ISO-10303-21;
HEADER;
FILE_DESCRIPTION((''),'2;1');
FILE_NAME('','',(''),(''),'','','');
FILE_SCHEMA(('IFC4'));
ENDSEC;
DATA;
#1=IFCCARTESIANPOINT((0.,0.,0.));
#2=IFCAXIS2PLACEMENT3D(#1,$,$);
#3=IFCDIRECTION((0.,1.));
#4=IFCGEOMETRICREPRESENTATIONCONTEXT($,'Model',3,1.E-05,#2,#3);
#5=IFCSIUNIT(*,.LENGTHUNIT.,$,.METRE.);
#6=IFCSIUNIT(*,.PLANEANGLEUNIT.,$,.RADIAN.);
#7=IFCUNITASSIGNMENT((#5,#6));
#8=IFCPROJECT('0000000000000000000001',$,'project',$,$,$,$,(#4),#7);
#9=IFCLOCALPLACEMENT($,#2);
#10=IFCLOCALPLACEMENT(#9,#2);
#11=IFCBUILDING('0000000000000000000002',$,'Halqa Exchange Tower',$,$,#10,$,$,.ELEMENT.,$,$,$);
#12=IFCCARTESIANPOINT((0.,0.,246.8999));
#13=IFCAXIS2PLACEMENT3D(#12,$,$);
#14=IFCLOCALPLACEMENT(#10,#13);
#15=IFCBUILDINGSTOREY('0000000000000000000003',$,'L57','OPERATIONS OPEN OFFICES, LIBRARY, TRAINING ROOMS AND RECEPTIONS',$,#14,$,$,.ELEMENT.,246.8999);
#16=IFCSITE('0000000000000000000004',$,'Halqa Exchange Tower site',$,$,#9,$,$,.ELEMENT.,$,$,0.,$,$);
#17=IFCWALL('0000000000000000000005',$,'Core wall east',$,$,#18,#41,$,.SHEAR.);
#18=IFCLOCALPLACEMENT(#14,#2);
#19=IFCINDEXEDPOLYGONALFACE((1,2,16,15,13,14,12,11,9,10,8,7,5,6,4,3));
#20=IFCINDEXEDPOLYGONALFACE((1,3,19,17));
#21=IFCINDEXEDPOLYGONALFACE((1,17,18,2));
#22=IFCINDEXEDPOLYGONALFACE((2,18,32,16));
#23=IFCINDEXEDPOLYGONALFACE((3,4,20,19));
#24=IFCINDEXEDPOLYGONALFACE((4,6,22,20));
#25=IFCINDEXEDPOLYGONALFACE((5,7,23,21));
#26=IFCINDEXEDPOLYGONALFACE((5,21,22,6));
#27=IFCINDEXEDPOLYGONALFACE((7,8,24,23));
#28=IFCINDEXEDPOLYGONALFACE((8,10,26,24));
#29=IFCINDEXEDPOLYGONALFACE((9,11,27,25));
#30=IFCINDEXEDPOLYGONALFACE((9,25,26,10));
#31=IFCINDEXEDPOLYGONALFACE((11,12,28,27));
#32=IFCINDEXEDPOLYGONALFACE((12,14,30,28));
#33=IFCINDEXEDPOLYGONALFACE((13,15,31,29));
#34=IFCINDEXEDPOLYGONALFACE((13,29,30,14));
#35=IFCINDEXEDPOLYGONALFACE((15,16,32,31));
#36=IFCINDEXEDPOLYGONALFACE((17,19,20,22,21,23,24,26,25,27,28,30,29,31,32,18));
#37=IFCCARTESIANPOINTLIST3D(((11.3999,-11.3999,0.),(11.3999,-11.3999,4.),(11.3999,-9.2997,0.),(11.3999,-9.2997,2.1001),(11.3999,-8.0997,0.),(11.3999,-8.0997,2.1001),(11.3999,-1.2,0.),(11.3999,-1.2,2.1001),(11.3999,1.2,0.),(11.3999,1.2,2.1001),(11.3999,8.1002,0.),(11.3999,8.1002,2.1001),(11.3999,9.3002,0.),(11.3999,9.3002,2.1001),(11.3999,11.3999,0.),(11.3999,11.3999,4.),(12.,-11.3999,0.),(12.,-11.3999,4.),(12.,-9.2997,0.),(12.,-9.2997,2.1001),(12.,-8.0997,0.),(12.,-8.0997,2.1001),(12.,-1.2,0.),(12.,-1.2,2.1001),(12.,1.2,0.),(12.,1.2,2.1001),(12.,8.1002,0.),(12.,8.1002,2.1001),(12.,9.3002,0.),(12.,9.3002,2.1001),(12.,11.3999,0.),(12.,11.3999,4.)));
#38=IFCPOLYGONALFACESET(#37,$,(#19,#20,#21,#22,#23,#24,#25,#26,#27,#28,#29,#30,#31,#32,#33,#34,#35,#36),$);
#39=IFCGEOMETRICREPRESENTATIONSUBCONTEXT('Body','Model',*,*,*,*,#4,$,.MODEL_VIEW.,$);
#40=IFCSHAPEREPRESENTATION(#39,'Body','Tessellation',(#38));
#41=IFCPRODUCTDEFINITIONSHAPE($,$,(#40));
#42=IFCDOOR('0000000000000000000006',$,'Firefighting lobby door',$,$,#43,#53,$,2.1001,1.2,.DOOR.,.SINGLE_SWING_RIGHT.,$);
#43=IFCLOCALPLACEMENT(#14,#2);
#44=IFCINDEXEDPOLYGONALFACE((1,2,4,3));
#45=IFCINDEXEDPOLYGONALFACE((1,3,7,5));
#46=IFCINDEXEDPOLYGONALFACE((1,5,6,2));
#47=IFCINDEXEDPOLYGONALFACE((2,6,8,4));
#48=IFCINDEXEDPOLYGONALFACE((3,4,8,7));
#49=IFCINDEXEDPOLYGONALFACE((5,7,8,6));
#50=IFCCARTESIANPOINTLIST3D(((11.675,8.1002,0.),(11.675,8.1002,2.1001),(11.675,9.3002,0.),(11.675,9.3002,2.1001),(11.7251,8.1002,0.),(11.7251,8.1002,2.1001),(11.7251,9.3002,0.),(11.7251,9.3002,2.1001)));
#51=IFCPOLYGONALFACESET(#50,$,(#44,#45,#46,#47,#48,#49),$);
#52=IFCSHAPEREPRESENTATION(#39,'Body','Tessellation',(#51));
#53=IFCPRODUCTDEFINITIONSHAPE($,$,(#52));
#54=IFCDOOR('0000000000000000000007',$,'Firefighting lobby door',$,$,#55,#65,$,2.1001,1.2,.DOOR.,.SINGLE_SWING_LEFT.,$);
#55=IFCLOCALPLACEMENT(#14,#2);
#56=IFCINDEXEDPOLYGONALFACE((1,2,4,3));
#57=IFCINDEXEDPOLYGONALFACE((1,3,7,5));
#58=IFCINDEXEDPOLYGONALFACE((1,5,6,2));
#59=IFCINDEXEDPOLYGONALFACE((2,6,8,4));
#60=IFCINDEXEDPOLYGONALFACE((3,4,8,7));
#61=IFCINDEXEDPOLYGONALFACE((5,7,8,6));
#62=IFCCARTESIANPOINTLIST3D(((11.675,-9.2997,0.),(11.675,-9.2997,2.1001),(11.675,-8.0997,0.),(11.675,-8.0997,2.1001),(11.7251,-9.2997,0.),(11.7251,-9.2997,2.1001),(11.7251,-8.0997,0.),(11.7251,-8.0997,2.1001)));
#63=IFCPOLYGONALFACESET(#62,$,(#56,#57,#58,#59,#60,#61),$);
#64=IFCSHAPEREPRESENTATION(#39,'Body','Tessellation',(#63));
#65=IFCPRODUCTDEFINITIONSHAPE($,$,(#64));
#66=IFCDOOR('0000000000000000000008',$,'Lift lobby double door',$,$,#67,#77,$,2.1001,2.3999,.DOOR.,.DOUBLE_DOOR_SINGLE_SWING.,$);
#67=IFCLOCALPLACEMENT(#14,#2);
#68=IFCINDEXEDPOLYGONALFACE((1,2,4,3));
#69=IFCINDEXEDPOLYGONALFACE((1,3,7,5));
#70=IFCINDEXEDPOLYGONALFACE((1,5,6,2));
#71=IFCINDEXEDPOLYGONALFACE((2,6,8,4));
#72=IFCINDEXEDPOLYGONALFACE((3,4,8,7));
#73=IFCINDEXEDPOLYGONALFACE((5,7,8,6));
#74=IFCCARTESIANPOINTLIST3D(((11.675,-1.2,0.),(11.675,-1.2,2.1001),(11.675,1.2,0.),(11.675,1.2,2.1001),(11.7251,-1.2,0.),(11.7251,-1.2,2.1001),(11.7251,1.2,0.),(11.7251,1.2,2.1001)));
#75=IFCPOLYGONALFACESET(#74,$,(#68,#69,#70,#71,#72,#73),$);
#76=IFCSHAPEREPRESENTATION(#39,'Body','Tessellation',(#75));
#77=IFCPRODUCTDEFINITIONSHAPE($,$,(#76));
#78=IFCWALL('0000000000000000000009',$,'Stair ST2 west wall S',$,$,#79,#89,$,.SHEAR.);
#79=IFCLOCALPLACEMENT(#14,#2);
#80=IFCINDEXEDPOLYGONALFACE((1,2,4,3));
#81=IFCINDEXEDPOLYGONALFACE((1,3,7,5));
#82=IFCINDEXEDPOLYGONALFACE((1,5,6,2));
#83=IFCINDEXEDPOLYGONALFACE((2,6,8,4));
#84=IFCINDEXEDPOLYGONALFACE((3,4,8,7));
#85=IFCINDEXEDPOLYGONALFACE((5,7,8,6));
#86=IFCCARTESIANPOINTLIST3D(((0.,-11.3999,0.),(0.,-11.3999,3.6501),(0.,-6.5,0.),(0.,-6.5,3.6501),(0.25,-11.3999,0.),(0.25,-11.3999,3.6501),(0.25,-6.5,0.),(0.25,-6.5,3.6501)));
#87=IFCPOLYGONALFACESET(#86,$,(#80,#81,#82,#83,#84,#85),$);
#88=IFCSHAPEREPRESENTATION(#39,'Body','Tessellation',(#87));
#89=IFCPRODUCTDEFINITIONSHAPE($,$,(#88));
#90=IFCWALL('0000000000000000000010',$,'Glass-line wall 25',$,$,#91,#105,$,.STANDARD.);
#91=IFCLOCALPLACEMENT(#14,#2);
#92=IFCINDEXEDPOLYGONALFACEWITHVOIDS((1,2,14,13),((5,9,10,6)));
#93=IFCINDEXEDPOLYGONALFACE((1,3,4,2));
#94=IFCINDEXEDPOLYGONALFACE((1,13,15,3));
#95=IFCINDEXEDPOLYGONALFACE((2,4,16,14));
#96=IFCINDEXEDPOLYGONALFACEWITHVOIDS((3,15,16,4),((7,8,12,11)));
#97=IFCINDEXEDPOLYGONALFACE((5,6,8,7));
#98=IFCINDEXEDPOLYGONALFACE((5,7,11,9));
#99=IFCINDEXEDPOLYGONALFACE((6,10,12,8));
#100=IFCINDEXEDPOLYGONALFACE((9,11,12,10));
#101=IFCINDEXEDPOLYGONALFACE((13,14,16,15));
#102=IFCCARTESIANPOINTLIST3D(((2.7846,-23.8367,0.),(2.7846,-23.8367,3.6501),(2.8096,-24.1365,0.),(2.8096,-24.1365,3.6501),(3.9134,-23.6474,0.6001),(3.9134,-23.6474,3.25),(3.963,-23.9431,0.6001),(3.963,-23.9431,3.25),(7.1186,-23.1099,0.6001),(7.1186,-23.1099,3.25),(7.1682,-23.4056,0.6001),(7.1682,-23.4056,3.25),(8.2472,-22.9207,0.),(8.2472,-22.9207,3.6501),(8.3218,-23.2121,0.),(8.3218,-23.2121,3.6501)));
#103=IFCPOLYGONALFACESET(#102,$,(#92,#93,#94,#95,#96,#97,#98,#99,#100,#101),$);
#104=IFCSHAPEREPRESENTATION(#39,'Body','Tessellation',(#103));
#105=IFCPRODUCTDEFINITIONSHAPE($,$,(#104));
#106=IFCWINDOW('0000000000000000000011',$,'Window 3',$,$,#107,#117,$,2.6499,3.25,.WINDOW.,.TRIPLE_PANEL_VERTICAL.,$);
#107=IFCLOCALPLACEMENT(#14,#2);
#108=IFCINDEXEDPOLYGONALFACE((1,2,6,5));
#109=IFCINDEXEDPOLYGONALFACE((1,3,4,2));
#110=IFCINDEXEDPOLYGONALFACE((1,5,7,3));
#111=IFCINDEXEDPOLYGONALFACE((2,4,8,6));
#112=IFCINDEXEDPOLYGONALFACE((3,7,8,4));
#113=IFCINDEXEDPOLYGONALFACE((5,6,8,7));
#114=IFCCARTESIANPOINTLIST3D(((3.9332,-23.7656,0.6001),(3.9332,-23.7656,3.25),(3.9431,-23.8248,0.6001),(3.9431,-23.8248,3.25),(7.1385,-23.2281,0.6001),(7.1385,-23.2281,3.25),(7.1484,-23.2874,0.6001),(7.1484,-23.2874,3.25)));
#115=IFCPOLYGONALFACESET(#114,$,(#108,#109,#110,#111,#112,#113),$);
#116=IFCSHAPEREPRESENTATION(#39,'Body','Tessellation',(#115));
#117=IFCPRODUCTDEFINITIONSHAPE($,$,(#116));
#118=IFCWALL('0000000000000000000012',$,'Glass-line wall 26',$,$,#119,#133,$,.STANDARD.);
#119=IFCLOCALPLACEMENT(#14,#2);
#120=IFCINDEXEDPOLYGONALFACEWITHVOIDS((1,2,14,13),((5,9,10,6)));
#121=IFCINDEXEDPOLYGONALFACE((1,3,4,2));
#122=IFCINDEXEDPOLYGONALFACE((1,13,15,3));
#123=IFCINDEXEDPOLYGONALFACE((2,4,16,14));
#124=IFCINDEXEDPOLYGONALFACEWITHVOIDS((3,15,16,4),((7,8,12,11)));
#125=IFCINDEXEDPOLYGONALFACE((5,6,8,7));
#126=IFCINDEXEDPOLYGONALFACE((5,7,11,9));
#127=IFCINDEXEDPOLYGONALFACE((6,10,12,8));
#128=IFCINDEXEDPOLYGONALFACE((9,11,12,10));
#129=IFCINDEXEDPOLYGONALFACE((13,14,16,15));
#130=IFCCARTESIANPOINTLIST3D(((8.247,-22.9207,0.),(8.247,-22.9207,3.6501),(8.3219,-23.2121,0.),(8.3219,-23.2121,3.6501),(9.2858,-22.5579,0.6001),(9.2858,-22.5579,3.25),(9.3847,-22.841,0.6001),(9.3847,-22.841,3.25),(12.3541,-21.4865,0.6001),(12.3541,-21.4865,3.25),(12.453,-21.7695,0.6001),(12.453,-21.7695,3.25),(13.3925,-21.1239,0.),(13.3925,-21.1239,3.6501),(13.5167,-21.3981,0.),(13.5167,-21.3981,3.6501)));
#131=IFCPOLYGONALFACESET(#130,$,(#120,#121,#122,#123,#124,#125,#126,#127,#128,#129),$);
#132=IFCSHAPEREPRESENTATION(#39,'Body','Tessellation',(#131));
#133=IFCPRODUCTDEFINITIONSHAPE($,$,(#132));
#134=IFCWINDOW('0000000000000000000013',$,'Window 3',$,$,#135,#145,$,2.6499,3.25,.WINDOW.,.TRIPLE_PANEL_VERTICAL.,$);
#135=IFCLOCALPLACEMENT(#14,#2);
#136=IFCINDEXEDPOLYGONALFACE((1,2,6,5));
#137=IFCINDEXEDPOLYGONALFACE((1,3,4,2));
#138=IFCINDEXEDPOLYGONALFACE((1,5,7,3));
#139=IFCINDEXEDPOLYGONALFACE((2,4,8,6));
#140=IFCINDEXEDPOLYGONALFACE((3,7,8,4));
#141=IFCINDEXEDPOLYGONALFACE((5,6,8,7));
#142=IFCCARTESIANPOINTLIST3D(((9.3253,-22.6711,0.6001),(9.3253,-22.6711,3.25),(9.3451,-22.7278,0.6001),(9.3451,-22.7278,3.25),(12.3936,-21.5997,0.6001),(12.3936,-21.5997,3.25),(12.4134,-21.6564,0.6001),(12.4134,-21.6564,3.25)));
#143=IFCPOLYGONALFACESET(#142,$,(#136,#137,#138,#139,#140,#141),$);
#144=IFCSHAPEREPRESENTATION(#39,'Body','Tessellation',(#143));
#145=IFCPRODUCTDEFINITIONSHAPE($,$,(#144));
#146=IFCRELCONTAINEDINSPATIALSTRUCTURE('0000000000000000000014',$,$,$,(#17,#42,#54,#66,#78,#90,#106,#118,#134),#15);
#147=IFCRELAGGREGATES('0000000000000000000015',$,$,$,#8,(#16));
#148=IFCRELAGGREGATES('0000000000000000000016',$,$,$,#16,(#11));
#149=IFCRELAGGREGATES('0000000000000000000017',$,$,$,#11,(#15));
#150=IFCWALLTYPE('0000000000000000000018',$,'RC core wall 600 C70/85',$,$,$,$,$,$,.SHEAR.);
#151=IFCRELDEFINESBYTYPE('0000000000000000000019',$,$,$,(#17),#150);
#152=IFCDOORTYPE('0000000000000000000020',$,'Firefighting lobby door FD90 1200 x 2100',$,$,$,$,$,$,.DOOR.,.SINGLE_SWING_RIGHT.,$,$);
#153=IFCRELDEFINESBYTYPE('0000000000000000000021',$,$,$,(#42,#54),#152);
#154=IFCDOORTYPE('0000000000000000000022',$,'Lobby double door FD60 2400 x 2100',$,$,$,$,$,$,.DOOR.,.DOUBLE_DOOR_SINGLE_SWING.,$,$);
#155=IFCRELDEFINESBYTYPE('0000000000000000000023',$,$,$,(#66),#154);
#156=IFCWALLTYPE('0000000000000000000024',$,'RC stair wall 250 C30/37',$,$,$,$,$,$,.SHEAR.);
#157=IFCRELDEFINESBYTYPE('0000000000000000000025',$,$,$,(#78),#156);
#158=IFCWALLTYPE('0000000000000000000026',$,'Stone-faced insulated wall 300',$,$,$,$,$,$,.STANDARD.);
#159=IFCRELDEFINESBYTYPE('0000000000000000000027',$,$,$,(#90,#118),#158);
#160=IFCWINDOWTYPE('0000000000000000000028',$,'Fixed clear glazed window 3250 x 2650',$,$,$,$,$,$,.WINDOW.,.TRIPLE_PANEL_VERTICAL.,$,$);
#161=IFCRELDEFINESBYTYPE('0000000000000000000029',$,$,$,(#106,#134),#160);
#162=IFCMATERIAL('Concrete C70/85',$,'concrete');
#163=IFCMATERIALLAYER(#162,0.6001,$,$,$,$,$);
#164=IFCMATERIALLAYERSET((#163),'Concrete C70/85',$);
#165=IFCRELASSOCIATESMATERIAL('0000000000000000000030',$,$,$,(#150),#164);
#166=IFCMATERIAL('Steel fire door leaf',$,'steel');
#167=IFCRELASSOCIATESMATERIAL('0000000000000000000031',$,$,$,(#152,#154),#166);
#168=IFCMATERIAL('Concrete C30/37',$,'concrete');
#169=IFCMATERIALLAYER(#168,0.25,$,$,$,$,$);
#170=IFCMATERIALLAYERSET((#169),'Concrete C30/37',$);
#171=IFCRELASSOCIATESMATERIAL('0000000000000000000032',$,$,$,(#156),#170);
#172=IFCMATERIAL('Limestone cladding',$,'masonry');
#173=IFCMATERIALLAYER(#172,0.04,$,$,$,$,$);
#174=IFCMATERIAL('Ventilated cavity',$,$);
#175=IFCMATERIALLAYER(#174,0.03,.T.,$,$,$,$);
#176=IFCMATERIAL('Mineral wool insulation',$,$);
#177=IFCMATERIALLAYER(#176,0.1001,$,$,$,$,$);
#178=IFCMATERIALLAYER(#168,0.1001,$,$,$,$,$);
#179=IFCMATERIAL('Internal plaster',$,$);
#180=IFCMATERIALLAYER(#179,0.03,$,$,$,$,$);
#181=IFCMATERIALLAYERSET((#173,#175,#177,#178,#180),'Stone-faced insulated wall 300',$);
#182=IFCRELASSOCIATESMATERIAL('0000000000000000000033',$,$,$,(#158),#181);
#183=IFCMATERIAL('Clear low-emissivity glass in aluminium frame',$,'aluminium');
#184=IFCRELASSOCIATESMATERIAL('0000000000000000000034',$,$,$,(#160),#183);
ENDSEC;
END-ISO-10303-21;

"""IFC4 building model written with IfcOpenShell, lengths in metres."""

from ifc_helpers import new_model, si_unit, direction, frame, frame_2d, origin, place, context, subcontext, project, spatial, polyline, rectangle, outline, extrude, material, layer, layer_set, type_object, element, fill, save


model = new_model("IFC4")

# Units and contexts
model_context = context("Model", 3, precision=1e-05, world=origin(), true_north=direction((0.0, 1.0)))
body_context = subcontext(model_context, "Body", "Model", "MODEL_VIEW")
ifc_project = project(units=[si_unit("LENGTHUNIT", "METRE"), si_unit("PLANEANGLEUNIT", "RADIAN")], contexts=[model_context])

# Site, building, storey
site_placement = place(None, origin())
site = spatial("IfcSite", under=ifc_project, at=site_placement, Name="Halqa Exchange Tower site", CompositionType="ELEMENT", RefElevation=0.0)
building_placement = place(site_placement, origin())
building = spatial("IfcBuilding", under=site, at=building_placement, Name="Halqa Exchange Tower", CompositionType="ELEMENT")
storey_placement = place(building_placement, frame((0.0, 0.0, 246.8999)))
storey = spatial("IfcBuildingStorey", under=building, at=storey_placement, Name="L57", Description="OPERATIONS OPEN OFFICES, LIBRARY, TRAINING ROOMS AND RECEPTIONS", CompositionType="ELEMENT", Elevation=246.8999)

# Wall, openings, doors
ifc_material_1 = material(Name="Concrete C70/85", Category="concrete")
ifc_layer_1 = layer(ifc_material_1, 0.6001)
ifc_layer_set_1 = layer_set([ifc_layer_1], Name="Concrete C70/85")
wall_type_1 = type_object("IfcWallType", Name="RC core wall 600 C70/85", PredefinedType="SHEAR", material=ifc_layer_set_1)
wall_1_placement = place(storey_placement, frame((11.7, -11.3999, 0.0), z_axis=(0.0, 0.0, 1.0), x_axis=(0.0, 1.0, 0.0)))
wall_1 = element("IfcWall", 1, at=wall_1_placement, inside=storey, type_object=wall_type_1, Name="Core wall east", PredefinedType="SHEAR", context=body_context, shape_type="SweptSolid", body=[
    extrude(rectangle(XDim=22.7998, YDim=0.6001, at=frame_2d((11.3999, 0.0))), origin(), (0.0, 0.0, 1.0), 4.0),
])
opening_1_placement = place(wall_1_placement, frame((10.2, 0.0, 0.0)))
opening_1 = element("IfcOpeningElement", 2, at=opening_1_placement, cuts=wall_1, PredefinedType="OPENING", context=body_context, shape_type="SweptSolid", body=[
    extrude(rectangle(XDim=2.3999, YDim=2.1001, at=frame_2d((1.2, 1.05))), frame((0.0, 0.312, 0.0), z_axis=(0.0, -1.0, 0.0), x_axis=(1.0, 0.0, 0.0)), (0.0, 0.0, 1.0), 0.624),
])
opening_2_placement = place(wall_1_placement, frame((19.5, 0.0, 0.0)))
opening_2 = element("IfcOpeningElement", 3, at=opening_2_placement, cuts=wall_1, PredefinedType="OPENING", context=body_context, shape_type="SweptSolid", body=[
    extrude(rectangle(XDim=1.2, YDim=2.1001, at=frame_2d((0.6001, 1.05))), frame((0.0, 0.312, 0.0), z_axis=(0.0, -1.0, 0.0), x_axis=(1.0, 0.0, 0.0)), (0.0, 0.0, 1.0), 0.624),
])
opening_3_placement = place(wall_1_placement, frame((2.1001, 0.0, 0.0)))
opening_3 = element("IfcOpeningElement", 4, at=opening_3_placement, cuts=wall_1, PredefinedType="OPENING", context=body_context, shape_type="SweptSolid", body=[
    extrude(rectangle(XDim=1.2, YDim=2.1001, at=frame_2d((0.6001, 1.05))), frame((0.0, 0.312, 0.0), z_axis=(0.0, -1.0, 0.0), x_axis=(1.0, 0.0, 0.0)), (0.0, 0.0, 1.0), 0.624),
])
ifc_material_2 = material(Name="Steel fire door leaf", Category="steel")
door_type_1 = type_object("IfcDoorType", Name="Firefighting lobby door FD90 1200 x 2100", OperationType="SINGLE_SWING_RIGHT", PredefinedType="DOOR", material=ifc_material_2)
door_1_placement = place(opening_2_placement, origin())
door_1 = element("IfcDoor", 5, at=door_1_placement, inside=storey, type_object=door_type_1, Name="Firefighting lobby door", OperationType="SINGLE_SWING_RIGHT", OverallHeight=2.1001, OverallWidth=1.2, PredefinedType="DOOR", context=body_context, shape_type="SweptSolid", body=[
    extrude(rectangle(XDim=1.2, YDim=2.1001, at=frame_2d((0.6001, 1.05))), frame((0.0, 0.0249, 0.0), z_axis=(0.0, -1.0, 0.0), x_axis=(1.0, 0.0, 0.0)), (0.0, 0.0, 1.0), 0.05),
])
fill(opening_2, door_1)
door_2_placement = place(opening_3_placement, origin())
door_2 = element("IfcDoor", 6, at=door_2_placement, inside=storey, type_object=door_type_1, Name="Firefighting lobby door", OperationType="SINGLE_SWING_LEFT", OverallHeight=2.1001, OverallWidth=1.2, PredefinedType="DOOR", context=body_context, shape_type="SweptSolid", body=[
    extrude(rectangle(XDim=1.2, YDim=2.1001, at=frame_2d((0.6001, 1.05))), frame((0.0, 0.0249, 0.0), z_axis=(0.0, -1.0, 0.0), x_axis=(1.0, 0.0, 0.0)), (0.0, 0.0, 1.0), 0.05),
])
fill(opening_3, door_2)
door_type_2 = type_object("IfcDoorType", Name="Lobby double door FD60 2400 x 2100", OperationType="DOUBLE_DOOR_SINGLE_SWING", PredefinedType="DOOR", material=ifc_material_2)
door_3_placement = place(opening_1_placement, origin())
door_3 = element("IfcDoor", 7, at=door_3_placement, inside=storey, type_object=door_type_2, Name="Lift lobby double door", OperationType="DOUBLE_DOOR_SINGLE_SWING", OverallHeight=2.1001, OverallWidth=2.3999, PredefinedType="DOOR", context=body_context, shape_type="SweptSolid", body=[
    extrude(rectangle(XDim=2.3999, YDim=2.1001, at=frame_2d((1.2, 1.05))), frame((0.0, 0.0249, 0.0), z_axis=(0.0, -1.0, 0.0), x_axis=(1.0, 0.0, 0.0)), (0.0, 0.0, 1.0), 0.05),
])
fill(opening_1, door_3)

# Wall
ifc_material_3 = material(Name="Concrete C30/37", Category="concrete")
ifc_layer_2 = layer(ifc_material_3, 0.25)
ifc_layer_set_2 = layer_set([ifc_layer_2], Name="Concrete C30/37")
wall_type_2 = type_object("IfcWallType", Name="RC stair wall 250 C30/37", PredefinedType="SHEAR", material=ifc_layer_set_2)
wall_2_placement = place(storey_placement, frame((0.125, -11.3999, 0.0), z_axis=(0.0, 0.0, 1.0), x_axis=(0.0, 1.0, 0.0)))
element("IfcWall", 8, at=wall_2_placement, inside=storey, type_object=wall_type_2, Name="Stair ST2 west wall S", PredefinedType="SHEAR", context=body_context, shape_type="SweptSolid", body=[
    extrude(rectangle(XDim=4.8999, YDim=0.25, at=frame_2d((2.45, 0.0))), origin(), (0.0, 0.0, 1.0), 3.6501),
])

# Walls, openings, windows
ifc_material_4 = material(Name="Limestone cladding", Category="masonry")
ifc_layer_3 = layer(ifc_material_4, 0.04)
ifc_material_5 = material(Name="Ventilated cavity")
ifc_layer_4 = layer(ifc_material_5, 0.03, ventilated=True)
ifc_material_6 = material(Name="Mineral wool insulation")
ifc_layer_5 = layer(ifc_material_6, 0.1001)
ifc_layer_6 = layer(ifc_material_3, 0.1001)
ifc_material_7 = material(Name="Internal plaster")
ifc_layer_7 = layer(ifc_material_7, 0.03)
ifc_layer_set_3 = layer_set([ifc_layer_3, ifc_layer_4, ifc_layer_5, ifc_layer_6, ifc_layer_7], Name="Stone-faced insulated wall 300")
wall_type_3 = type_object("IfcWallType", Name="Stone-faced insulated wall 300", PredefinedType="STANDARD", material=ifc_layer_set_3)
wall_3_placement = place(storey_placement, frame((2.7971, -23.9866, 0.0), z_axis=(0.0, 0.0, 1.0), x_axis=(0.98623, 0.165381, 0.0)))
wall_3 = element("IfcWall", 9, at=wall_3_placement, inside=storey, type_object=wall_type_3, Name="Glass-line wall 25", PredefinedType="STANDARD", context=body_context, shape_type="SweptSolid", body=[
    extrude(outline(polyline([(-0.0125, -0.1499), (5.5767, -0.1499), (5.5513, 0.1499), (0.0125, 0.1499), (-0.0125, -0.1499)])), origin(), (0.0, 0.0, 1.0), 3.6501),
])
opening_4_placement = place(wall_3_placement, frame((1.157, 0.0, 0.6001)))
opening_4 = element("IfcOpeningElement", 10, at=opening_4_placement, cuts=wall_3, PredefinedType="OPENING", context=body_context, shape_type="SweptSolid", body=[
    extrude(rectangle(XDim=3.25, YDim=2.6499, at=frame_2d((1.625, 1.325))), frame((0.0, 0.1621, 0.0), z_axis=(0.0, -1.0, 0.0), x_axis=(1.0, 0.0, 0.0)), (0.0, 0.0, 1.0), 0.324),
])
ifc_material_8 = material(Name="Clear low-emissivity glass in aluminium frame", Category="aluminium")
window_type = type_object("IfcWindowType", Name="Fixed clear glazed window 3250 x 2650", PartitioningType="TRIPLE_PANEL_VERTICAL", PredefinedType="WINDOW", material=ifc_material_8)
window_1_placement = place(opening_4_placement, origin())
window_1 = element("IfcWindow", 11, at=window_1_placement, inside=storey, type_object=window_type, Name="Window 3", OverallHeight=2.6499, OverallWidth=3.25, PartitioningType="TRIPLE_PANEL_VERTICAL", PredefinedType="WINDOW", context=body_context, shape_type="SweptSolid", body=[
    extrude(rectangle(XDim=3.25, YDim=2.6499, at=frame_2d((1.625, 1.325))), frame((0.0, 0.03, 0.0), z_axis=(0.0, -1.0, 0.0), x_axis=(1.0, 0.0, 0.0)), (0.0, 0.0, 1.0), 0.0601),
])
fill(opening_4, window_1)
wall_4_placement = place(storey_placement, frame((8.2844, -23.0664, 0.0), z_axis=(0.0, 0.0, 1.0), x_axis=(0.944094, 0.329677, 0.0)))
wall_4 = element("IfcWall", 12, at=wall_4_placement, inside=storey, type_object=wall_type_3, Name="Glass-line wall 26", PredefinedType="STANDARD", context=body_context, shape_type="SweptSolid", body=[
    extrude(outline(polyline([(-0.0127, -0.1499), (5.4897, -0.1499), (5.4629, 0.1499), (0.0127, 0.1499), (-0.0127, -0.1499)])), origin(), (0.0, 0.0, 1.0), 3.6501),
])
opening_5_placement = place(wall_4_placement, frame((1.113, 0.0, 0.6001)))
opening_5 = element("IfcOpeningElement", 13, at=opening_5_placement, cuts=wall_4, PredefinedType="OPENING", context=body_context, shape_type="SweptSolid", body=[
    extrude(rectangle(XDim=3.25, YDim=2.6499, at=frame_2d((1.625, 1.325))), frame((0.0, 0.1621, 0.0), z_axis=(0.0, -1.0, 0.0), x_axis=(1.0, 0.0, 0.0)), (0.0, 0.0, 1.0), 0.324),
])
window_2_placement = place(opening_5_placement, origin())
window_2 = element("IfcWindow", 14, at=window_2_placement, inside=storey, type_object=window_type, Name="Window 3", OverallHeight=2.6499, OverallWidth=3.25, PartitioningType="TRIPLE_PANEL_VERTICAL", PredefinedType="WINDOW", context=body_context, shape_type="SweptSolid", body=[
    extrude(rectangle(XDim=3.25, YDim=2.6499, at=frame_2d((1.625, 1.325))), frame((0.0, 0.03, 0.0), z_axis=(0.0, -1.0, 0.0), x_axis=(1.0, 0.0, 0.0)), (0.0, 0.0, 1.0), 0.0601),
])
fill(opening_5, window_2)

save(model, "model.ifc")
